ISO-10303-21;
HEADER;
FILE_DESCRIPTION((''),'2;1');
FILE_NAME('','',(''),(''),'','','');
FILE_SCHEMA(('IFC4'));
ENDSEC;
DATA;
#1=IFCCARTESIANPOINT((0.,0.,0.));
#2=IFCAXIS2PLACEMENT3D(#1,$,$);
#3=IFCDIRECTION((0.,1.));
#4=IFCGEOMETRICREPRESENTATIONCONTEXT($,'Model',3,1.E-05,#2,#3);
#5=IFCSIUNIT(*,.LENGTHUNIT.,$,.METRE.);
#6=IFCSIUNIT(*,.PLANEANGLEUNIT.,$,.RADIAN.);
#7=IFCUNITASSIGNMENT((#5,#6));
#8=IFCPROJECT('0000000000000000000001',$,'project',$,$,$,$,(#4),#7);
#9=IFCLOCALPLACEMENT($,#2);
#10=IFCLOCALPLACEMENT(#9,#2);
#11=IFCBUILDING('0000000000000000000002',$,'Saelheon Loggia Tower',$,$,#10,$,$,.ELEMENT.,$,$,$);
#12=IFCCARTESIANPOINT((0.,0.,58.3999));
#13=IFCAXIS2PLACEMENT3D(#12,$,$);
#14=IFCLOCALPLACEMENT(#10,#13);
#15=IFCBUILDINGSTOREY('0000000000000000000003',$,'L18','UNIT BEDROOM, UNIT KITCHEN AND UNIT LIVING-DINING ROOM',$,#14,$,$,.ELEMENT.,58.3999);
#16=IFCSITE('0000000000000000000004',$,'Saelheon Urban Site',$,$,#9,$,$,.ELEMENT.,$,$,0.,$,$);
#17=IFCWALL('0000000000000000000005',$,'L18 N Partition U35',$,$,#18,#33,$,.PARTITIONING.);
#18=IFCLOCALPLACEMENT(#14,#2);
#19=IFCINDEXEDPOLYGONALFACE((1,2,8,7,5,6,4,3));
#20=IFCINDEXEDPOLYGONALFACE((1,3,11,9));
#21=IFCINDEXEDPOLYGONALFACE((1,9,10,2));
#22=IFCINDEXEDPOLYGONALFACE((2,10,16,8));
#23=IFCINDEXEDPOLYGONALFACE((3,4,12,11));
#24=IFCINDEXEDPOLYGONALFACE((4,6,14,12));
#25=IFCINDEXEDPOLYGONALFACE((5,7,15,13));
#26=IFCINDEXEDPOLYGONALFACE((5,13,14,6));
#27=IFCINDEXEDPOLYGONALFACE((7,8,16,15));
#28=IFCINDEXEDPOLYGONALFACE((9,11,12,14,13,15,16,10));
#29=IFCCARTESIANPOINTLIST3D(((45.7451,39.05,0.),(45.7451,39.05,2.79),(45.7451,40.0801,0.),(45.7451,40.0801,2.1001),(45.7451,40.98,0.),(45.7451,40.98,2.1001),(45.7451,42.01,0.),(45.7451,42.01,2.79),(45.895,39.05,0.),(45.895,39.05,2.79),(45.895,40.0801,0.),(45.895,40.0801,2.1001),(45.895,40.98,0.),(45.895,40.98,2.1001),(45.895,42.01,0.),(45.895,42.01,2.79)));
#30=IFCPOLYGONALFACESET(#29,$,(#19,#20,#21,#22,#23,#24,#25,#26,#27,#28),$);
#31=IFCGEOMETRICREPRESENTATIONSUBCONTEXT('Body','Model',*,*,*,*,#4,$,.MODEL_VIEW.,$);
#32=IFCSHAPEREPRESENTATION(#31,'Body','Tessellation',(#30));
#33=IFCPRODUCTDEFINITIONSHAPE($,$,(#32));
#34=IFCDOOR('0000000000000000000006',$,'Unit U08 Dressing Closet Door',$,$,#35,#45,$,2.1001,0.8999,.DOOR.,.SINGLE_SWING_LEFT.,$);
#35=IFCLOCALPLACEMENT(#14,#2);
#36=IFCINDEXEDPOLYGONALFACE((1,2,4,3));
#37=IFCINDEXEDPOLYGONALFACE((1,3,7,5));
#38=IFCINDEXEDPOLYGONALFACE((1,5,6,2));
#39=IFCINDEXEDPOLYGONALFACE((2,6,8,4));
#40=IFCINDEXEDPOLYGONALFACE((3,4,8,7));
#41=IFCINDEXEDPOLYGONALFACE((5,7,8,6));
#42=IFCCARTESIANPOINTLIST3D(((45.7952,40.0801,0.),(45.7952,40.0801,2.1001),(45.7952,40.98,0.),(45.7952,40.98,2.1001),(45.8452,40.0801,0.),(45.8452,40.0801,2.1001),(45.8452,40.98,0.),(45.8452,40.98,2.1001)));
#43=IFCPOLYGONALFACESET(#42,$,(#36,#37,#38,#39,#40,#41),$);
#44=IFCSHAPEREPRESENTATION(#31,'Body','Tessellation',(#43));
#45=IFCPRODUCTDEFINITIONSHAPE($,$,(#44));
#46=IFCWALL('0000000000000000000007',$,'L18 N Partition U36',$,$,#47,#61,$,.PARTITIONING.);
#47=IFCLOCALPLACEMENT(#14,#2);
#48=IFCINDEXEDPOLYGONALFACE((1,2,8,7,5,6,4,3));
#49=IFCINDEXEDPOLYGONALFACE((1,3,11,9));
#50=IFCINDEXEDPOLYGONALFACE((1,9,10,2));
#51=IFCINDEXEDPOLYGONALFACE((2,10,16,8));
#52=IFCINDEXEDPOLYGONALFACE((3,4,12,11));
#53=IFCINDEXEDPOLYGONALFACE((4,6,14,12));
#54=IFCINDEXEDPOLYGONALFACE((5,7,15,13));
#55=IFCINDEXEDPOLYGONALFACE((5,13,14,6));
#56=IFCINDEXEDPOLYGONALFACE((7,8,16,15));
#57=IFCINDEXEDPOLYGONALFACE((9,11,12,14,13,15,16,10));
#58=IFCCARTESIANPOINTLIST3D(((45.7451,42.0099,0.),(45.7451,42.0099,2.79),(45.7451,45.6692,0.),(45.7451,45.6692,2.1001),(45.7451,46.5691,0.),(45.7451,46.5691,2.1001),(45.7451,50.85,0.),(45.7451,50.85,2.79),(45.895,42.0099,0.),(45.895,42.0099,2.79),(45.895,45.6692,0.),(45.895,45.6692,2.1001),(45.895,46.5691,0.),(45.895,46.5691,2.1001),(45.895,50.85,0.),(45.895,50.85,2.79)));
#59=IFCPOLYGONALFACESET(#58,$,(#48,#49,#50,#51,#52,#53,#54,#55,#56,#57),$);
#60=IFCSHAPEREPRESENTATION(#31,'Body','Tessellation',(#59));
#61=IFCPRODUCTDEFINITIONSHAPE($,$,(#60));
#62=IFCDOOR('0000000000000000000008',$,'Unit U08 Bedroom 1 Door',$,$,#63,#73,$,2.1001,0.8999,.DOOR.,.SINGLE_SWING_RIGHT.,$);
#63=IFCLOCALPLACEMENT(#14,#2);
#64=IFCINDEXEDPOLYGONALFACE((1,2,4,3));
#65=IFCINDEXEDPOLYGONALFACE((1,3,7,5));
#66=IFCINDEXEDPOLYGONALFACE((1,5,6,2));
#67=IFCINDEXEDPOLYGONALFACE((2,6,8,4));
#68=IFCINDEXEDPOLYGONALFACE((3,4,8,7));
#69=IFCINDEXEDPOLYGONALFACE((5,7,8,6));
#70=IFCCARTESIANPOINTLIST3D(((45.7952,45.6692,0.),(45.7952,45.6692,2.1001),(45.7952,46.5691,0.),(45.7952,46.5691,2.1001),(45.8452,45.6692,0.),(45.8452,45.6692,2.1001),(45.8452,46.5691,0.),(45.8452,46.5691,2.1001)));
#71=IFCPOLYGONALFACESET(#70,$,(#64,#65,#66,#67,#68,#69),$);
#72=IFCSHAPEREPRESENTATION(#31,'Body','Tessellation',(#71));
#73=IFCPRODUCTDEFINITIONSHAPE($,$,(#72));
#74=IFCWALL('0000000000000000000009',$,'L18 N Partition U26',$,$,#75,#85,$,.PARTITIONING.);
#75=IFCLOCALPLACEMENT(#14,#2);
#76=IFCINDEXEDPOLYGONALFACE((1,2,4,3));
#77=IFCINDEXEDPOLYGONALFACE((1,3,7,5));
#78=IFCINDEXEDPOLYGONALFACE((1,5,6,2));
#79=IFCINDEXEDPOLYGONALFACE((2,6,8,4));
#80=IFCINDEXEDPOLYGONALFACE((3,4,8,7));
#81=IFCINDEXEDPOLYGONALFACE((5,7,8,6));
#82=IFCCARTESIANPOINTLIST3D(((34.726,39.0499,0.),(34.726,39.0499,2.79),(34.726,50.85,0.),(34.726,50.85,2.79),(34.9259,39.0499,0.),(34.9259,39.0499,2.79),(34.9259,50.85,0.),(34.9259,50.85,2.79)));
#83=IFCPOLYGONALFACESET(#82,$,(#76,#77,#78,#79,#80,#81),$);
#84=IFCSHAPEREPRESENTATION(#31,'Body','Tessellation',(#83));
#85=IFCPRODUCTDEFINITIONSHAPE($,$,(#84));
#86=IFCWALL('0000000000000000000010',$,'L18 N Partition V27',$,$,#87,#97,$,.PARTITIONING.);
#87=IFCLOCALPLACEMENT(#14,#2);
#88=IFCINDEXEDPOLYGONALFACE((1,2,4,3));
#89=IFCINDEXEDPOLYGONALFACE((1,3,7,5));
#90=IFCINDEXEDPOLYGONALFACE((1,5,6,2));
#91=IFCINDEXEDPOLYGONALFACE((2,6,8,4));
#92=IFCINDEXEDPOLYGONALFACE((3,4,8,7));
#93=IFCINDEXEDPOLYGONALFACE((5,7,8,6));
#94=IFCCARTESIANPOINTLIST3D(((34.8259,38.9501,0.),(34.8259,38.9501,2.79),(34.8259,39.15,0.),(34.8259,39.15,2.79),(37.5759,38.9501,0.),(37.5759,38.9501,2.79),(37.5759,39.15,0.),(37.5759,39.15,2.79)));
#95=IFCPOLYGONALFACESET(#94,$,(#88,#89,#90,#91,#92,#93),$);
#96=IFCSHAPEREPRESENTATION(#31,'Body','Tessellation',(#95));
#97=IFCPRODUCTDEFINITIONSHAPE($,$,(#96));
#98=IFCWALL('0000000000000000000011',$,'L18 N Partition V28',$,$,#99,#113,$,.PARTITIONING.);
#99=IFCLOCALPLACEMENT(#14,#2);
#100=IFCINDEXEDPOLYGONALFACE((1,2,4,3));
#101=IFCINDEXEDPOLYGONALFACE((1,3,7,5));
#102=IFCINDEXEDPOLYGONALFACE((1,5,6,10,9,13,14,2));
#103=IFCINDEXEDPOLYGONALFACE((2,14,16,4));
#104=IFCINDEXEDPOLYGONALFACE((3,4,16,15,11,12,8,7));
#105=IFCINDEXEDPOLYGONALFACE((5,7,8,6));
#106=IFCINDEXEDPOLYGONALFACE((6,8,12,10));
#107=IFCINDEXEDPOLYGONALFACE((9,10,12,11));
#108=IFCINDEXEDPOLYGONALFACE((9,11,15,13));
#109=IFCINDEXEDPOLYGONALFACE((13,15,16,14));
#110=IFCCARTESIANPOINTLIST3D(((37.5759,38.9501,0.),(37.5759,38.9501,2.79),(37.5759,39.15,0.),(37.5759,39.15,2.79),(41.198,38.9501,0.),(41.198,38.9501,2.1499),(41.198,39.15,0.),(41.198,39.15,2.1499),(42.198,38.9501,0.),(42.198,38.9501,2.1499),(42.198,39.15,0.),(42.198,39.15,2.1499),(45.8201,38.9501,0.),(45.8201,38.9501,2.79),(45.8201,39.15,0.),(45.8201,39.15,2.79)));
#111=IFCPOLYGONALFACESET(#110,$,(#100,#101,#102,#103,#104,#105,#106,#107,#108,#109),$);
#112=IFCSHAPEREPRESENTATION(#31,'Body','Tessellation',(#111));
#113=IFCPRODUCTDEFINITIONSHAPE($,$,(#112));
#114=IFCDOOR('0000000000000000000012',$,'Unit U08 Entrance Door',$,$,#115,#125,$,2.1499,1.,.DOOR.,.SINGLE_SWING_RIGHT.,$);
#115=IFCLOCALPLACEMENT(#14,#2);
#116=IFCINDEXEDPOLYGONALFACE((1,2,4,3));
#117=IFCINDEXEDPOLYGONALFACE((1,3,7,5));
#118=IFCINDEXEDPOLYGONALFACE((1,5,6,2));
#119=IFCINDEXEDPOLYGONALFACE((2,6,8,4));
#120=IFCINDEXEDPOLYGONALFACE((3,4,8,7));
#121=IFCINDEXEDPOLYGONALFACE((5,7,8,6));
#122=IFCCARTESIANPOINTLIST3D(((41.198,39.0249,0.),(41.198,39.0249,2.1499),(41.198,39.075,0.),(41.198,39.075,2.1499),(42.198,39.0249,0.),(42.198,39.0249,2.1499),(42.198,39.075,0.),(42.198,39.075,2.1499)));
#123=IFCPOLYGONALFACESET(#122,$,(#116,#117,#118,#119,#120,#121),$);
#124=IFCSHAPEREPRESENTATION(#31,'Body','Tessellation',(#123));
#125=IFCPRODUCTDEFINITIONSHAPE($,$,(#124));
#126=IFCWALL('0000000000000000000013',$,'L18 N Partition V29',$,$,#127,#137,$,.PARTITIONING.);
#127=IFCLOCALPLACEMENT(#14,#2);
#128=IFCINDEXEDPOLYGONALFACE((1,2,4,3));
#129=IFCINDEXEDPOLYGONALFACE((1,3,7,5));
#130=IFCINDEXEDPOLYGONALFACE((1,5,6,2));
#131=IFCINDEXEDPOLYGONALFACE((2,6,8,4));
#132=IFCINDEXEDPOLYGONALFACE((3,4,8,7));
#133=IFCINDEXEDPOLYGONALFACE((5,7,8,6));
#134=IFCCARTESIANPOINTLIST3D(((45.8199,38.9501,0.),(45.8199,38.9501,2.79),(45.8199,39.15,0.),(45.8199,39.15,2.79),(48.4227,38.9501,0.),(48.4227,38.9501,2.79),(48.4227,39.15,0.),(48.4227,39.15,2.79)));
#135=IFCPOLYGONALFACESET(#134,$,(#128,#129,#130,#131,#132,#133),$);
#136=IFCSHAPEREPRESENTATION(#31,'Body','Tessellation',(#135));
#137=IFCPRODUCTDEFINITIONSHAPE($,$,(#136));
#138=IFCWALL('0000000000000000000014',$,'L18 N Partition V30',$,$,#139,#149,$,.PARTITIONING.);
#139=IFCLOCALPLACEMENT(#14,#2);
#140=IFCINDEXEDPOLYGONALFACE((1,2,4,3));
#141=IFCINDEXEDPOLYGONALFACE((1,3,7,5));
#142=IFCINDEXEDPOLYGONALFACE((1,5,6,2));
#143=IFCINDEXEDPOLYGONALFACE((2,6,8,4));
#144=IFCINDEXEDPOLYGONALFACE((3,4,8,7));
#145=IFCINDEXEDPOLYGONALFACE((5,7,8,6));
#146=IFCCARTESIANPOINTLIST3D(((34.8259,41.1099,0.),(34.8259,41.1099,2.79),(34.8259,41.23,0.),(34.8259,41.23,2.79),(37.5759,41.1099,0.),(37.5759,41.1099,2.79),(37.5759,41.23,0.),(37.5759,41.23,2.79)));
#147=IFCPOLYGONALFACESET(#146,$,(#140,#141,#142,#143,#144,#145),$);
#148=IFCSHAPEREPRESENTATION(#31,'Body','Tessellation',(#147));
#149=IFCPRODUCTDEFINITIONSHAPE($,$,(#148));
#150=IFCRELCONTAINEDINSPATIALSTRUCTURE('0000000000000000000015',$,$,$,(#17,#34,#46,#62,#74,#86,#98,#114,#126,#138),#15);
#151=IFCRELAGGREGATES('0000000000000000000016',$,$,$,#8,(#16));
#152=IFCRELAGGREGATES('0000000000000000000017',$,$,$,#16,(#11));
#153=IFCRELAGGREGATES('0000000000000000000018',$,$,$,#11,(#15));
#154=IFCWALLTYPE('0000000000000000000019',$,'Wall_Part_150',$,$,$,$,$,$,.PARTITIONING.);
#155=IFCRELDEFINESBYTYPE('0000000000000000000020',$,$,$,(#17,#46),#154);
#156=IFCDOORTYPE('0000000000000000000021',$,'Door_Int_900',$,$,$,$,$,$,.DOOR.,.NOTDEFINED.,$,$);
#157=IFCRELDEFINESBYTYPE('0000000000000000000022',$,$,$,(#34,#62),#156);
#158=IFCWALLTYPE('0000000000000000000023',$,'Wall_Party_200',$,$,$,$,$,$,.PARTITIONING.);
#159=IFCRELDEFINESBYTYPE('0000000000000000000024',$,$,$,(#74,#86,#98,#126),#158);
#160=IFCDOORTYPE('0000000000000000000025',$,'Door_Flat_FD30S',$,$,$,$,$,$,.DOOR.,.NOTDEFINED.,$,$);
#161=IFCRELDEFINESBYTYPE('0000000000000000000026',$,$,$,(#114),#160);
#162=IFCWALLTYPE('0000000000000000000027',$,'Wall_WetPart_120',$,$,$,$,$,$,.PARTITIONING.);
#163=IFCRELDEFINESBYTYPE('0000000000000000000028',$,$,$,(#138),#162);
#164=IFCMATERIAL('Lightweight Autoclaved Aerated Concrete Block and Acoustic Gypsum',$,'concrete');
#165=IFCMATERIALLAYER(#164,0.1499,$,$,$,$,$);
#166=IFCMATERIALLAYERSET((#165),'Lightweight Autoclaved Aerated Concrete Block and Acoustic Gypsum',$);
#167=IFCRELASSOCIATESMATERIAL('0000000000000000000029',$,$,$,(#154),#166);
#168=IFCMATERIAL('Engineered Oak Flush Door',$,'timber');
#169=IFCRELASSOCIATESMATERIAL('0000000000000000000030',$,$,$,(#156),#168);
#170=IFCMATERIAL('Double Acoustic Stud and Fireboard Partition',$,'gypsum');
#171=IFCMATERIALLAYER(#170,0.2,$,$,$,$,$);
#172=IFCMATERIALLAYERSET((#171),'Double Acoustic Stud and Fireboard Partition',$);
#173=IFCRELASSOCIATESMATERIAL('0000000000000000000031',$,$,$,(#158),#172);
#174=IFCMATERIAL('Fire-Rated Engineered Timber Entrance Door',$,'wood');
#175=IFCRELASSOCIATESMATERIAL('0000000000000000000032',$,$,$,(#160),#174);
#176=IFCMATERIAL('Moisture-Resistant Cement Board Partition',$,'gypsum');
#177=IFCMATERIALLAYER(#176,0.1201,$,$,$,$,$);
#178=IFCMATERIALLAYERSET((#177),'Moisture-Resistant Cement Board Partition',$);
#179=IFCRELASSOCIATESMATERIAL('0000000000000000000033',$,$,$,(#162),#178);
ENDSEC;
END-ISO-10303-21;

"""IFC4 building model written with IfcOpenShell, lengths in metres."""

from ifc_helpers import new_model, si_unit, direction, frame, frame_2d, origin, place, context, subcontext, project, spatial, rectangle, extrude, source, transform, mapped, material, layer, layer_set, type_object, element, fill, save


model = new_model("IFC4")

# Units and contexts
model_context = context("Model", 3, precision=1e-05, world=origin(), true_north=direction((0.0, 1.0)))
body_context = subcontext(model_context, "Body", "Model", "MODEL_VIEW")
ifc_project = project(units=[si_unit("LENGTHUNIT", "METRE"), si_unit("PLANEANGLEUNIT", "RADIAN")], contexts=[model_context])

# Site, building, storey
site_placement = place(None, origin())
site = spatial("IfcSite", under=ifc_project, at=site_placement, Name="Saelheon Urban Site", CompositionType="ELEMENT", RefElevation=0.0)
building_placement = place(site_placement, origin())
building = spatial("IfcBuilding", under=site, at=building_placement, Name="Saelheon Loggia Tower", CompositionType="ELEMENT")
storey_placement = place(building_placement, frame((0.0, 0.0, 58.3999)))
storey = spatial("IfcBuildingStorey", under=building, at=storey_placement, Name="L18", Description="UNIT BEDROOM, UNIT KITCHEN AND UNIT LIVING-DINING ROOM", CompositionType="ELEMENT", Elevation=58.3999)

# Shared definitions
ifc_material_1 = material(Name="Lightweight Autoclaved Aerated Concrete Block and Acoustic Gypsum", Category="concrete")
ifc_layer_1 = layer(ifc_material_1, 0.1499)
ifc_layer_set_1 = layer_set([ifc_layer_1], Name="Lightweight Autoclaved Aerated Concrete Block and Acoustic Gypsum")
wall_type_1 = type_object("IfcWallType", Name="Wall_Part_150", PredefinedType="PARTITIONING", material=ifc_layer_set_1)

# Walls, openings, doors
ifc_material_2 = material(Name="Engineered Oak Flush Door", Category="timber")
door_type_1 = type_object("IfcDoorType", Name="Door_Int_900", OperationType="NOTDEFINED", PredefinedType="DOOR", material=ifc_material_2)
shared_shape_1 = source(origin(), body_context, "Body", "SweptSolid", [
    extrude(rectangle(XDim=0.8999, YDim=2.1001, at=frame_2d((0.45, 1.05))), frame((0.0, 0.0249, 0.0), z_axis=(0.0, -1.0, 0.0), x_axis=(1.0, 0.0, 0.0)), (0.0, 0.0, 1.0), 0.05),
])
wall_1_placement = place(storey_placement, frame((45.8201, 39.05, 0.0), z_axis=(0.0, 0.0, 1.0), x_axis=(0.0, 1.0, 0.0)))
wall_1 = element("IfcWall", 1, at=wall_1_placement, inside=storey, type_object=wall_type_1, Name="L18 N Partition U35", PredefinedType="PARTITIONING", context=body_context, shape_type="SweptSolid", body=[
    extrude(rectangle(XDim=2.96, YDim=0.1499, at=frame_2d((1.48, 0.0))), origin(), (0.0, 0.0, 1.0), 2.79),
])
opening_1_placement = place(wall_1_placement, frame((1.03, 0.0, 0.0)))
opening_1 = element("IfcOpeningElement", 2, at=opening_1_placement, cuts=wall_1, PredefinedType="OPENING", context=body_context, shape_type="SweptSolid", body=[
    extrude(rectangle(XDim=0.8999, YDim=2.1001, at=frame_2d((0.45, 1.05))), frame((0.0, 0.0869, 0.0), z_axis=(0.0, -1.0, 0.0), x_axis=(1.0, 0.0, 0.0)), (0.0, 0.0, 1.0), 0.1738),
])
door_1_placement = place(opening_1_placement, origin())
door_1 = element("IfcDoor", 3, at=door_1_placement, inside=storey, type_object=door_type_1, Name="Unit U08 Dressing Closet Door", OperationType="SINGLE_SWING_LEFT", OverallHeight=2.1001, OverallWidth=0.8999, PredefinedType="DOOR", context=body_context, shape_type="MappedRepresentation", body=[
    mapped(shared_shape_1, transform((0.0, 0.0, 0.0), scale=1.0)),
])
fill(opening_1, door_1)
wall_2_placement = place(storey_placement, frame((45.8201, 42.01, 0.0), z_axis=(0.0, 0.0, 1.0), x_axis=(0.0, 1.0, 0.0)))
wall_2 = element("IfcWall", 4, at=wall_2_placement, inside=storey, type_object=wall_type_1, Name="L18 N Partition U36", PredefinedType="PARTITIONING", context=body_context, shape_type="SweptSolid", body=[
    extrude(rectangle(XDim=8.8401, YDim=0.1499, at=frame_2d((4.4199, 0.0))), origin(), (0.0, 0.0, 1.0), 2.79),
])
opening_2_placement = place(wall_2_placement, frame((3.6592, 0.0, 0.0)))
opening_2 = element("IfcOpeningElement", 5, at=opening_2_placement, cuts=wall_2, PredefinedType="OPENING", context=body_context, shape_type="SweptSolid", body=[
    extrude(rectangle(XDim=0.8999, YDim=2.1001, at=frame_2d((0.45, 1.05))), frame((0.0, 0.0869, 0.0), z_axis=(0.0, -1.0, 0.0), x_axis=(1.0, 0.0, 0.0)), (0.0, 0.0, 1.0), 0.1738),
])
door_2_placement = place(opening_2_placement, origin())
door_2 = element("IfcDoor", 6, at=door_2_placement, inside=storey, type_object=door_type_1, Name="Unit U08 Bedroom 1 Door", OperationType="SINGLE_SWING_RIGHT", OverallHeight=2.1001, OverallWidth=0.8999, PredefinedType="DOOR", context=body_context, shape_type="MappedRepresentation", body=[
    mapped(shared_shape_1, transform((0.0, 0.0, 0.0), scale=1.0)),
])
fill(opening_2, door_2)

# Walls
ifc_material_3 = material(Name="Double Acoustic Stud and Fireboard Partition", Category="gypsum")
ifc_layer_2 = layer(ifc_material_3, 0.2)
ifc_layer_set_2 = layer_set([ifc_layer_2], Name="Double Acoustic Stud and Fireboard Partition")
wall_type_2 = type_object("IfcWallType", Name="Wall_Party_200", PredefinedType="PARTITIONING", material=ifc_layer_set_2)
wall_3_placement = place(storey_placement, frame((34.8259, 39.05, 0.0), z_axis=(0.0, 0.0, 1.0), x_axis=(0.0, 1.0, 0.0)))
element("IfcWall", 7, at=wall_3_placement, inside=storey, type_object=wall_type_2, Name="L18 N Partition U26", PredefinedType="PARTITIONING", context=body_context, shape_type="SweptSolid", body=[
    extrude(rectangle(XDim=11.8, YDim=0.2, at=frame_2d((5.8999, 0.0))), origin(), (0.0, 0.0, 1.0), 2.79),
])
wall_4_placement = place(storey_placement, frame((34.8259, 39.05, 0.0), z_axis=(0.0, 0.0, 1.0), x_axis=(1.0, 0.0, 0.0)))
element("IfcWall", 8, at=wall_4_placement, inside=storey, type_object=wall_type_2, Name="L18 N Partition V27", PredefinedType="PARTITIONING", context=body_context, shape_type="SweptSolid", body=[
    extrude(rectangle(XDim=2.75, YDim=0.2, at=frame_2d((1.375, 0.0))), origin(), (0.0, 0.0, 1.0), 2.79),
])

# Wall, opening, door
wall_5_placement = place(storey_placement, frame((37.5759, 39.05, 0.0), z_axis=(0.0, 0.0, 1.0), x_axis=(1.0, 0.0, 0.0)))
wall_5 = element("IfcWall", 9, at=wall_5_placement, inside=storey, type_object=wall_type_2, Name="L18 N Partition V28", PredefinedType="PARTITIONING", context=body_context, shape_type="SweptSolid", body=[
    extrude(rectangle(XDim=8.2441, YDim=0.2, at=frame_2d((4.1221, 0.0))), origin(), (0.0, 0.0, 1.0), 2.79),
])
opening_3_placement = place(wall_5_placement, frame((3.6221, 0.0, 0.0)))
opening_3 = element("IfcOpeningElement", 10, at=opening_3_placement, cuts=wall_5, PredefinedType="OPENING", context=body_context, shape_type="SweptSolid", body=[
    extrude(rectangle(XDim=1.0, YDim=2.1499, at=frame_2d((0.5, 1.075))), frame((0.0, 0.1121, 0.0), z_axis=(0.0, -1.0, 0.0), x_axis=(1.0, 0.0, 0.0)), (0.0, 0.0, 1.0), 0.2239),
])
ifc_material_4 = material(Name="Fire-Rated Engineered Timber Entrance Door", Category="wood")
door_type_2 = type_object("IfcDoorType", Name="Door_Flat_FD30S", OperationType="NOTDEFINED", PredefinedType="DOOR", material=ifc_material_4)
shared_shape_2 = source(origin(), body_context, "Body", "SweptSolid", [
    extrude(rectangle(XDim=1.0, YDim=2.1499, at=frame_2d((0.5, 1.075))), frame((0.0, 0.0249, 0.0), z_axis=(0.0, -1.0, 0.0), x_axis=(1.0, 0.0, 0.0)), (0.0, 0.0, 1.0), 0.05),
])
door_3_placement = place(opening_3_placement, origin())
door_3 = element("IfcDoor", 11, at=door_3_placement, inside=storey, type_object=door_type_2, Name="Unit U08 Entrance Door", OperationType="SINGLE_SWING_RIGHT", OverallHeight=2.1499, OverallWidth=1.0, PredefinedType="DOOR", context=body_context, shape_type="MappedRepresentation", body=[
    mapped(shared_shape_2, transform((0.0, 0.0, 0.0), scale=1.0)),
])
fill(opening_3, door_3)

# Walls
wall_6_placement = place(storey_placement, frame((45.8201, 39.05, 0.0), z_axis=(0.0, 0.0, 1.0), x_axis=(1.0, 0.0, 0.0)))
element("IfcWall", 12, at=wall_6_placement, inside=storey, type_object=wall_type_2, Name="L18 N Partition V29", PredefinedType="PARTITIONING", context=body_context, shape_type="SweptSolid", body=[
    extrude(rectangle(XDim=2.6028, YDim=0.2, at=frame_2d((1.3013, 0.0))), origin(), (0.0, 0.0, 1.0), 2.79),
])
ifc_material_5 = material(Name="Moisture-Resistant Cement Board Partition", Category="gypsum")
ifc_layer_3 = layer(ifc_material_5, 0.1201)
ifc_layer_set_3 = layer_set([ifc_layer_3], Name="Moisture-Resistant Cement Board Partition")
wall_type_3 = type_object("IfcWallType", Name="Wall_WetPart_120", PredefinedType="PARTITIONING", material=ifc_layer_set_3)
wall_7_placement = place(storey_placement, frame((34.8259, 41.1699, 0.0), z_axis=(0.0, 0.0, 1.0), x_axis=(1.0, 0.0, 0.0)))
element("IfcWall", 13, at=wall_7_placement, inside=storey, type_object=wall_type_3, Name="L18 N Partition V30", PredefinedType="PARTITIONING", context=body_context, shape_type="SweptSolid", body=[
    extrude(rectangle(XDim=2.75, YDim=0.1201, at=frame_2d((1.375, 0.0))), origin(), (0.0, 0.0, 1.0), 2.79),
])

save(model, "model.ifc")
